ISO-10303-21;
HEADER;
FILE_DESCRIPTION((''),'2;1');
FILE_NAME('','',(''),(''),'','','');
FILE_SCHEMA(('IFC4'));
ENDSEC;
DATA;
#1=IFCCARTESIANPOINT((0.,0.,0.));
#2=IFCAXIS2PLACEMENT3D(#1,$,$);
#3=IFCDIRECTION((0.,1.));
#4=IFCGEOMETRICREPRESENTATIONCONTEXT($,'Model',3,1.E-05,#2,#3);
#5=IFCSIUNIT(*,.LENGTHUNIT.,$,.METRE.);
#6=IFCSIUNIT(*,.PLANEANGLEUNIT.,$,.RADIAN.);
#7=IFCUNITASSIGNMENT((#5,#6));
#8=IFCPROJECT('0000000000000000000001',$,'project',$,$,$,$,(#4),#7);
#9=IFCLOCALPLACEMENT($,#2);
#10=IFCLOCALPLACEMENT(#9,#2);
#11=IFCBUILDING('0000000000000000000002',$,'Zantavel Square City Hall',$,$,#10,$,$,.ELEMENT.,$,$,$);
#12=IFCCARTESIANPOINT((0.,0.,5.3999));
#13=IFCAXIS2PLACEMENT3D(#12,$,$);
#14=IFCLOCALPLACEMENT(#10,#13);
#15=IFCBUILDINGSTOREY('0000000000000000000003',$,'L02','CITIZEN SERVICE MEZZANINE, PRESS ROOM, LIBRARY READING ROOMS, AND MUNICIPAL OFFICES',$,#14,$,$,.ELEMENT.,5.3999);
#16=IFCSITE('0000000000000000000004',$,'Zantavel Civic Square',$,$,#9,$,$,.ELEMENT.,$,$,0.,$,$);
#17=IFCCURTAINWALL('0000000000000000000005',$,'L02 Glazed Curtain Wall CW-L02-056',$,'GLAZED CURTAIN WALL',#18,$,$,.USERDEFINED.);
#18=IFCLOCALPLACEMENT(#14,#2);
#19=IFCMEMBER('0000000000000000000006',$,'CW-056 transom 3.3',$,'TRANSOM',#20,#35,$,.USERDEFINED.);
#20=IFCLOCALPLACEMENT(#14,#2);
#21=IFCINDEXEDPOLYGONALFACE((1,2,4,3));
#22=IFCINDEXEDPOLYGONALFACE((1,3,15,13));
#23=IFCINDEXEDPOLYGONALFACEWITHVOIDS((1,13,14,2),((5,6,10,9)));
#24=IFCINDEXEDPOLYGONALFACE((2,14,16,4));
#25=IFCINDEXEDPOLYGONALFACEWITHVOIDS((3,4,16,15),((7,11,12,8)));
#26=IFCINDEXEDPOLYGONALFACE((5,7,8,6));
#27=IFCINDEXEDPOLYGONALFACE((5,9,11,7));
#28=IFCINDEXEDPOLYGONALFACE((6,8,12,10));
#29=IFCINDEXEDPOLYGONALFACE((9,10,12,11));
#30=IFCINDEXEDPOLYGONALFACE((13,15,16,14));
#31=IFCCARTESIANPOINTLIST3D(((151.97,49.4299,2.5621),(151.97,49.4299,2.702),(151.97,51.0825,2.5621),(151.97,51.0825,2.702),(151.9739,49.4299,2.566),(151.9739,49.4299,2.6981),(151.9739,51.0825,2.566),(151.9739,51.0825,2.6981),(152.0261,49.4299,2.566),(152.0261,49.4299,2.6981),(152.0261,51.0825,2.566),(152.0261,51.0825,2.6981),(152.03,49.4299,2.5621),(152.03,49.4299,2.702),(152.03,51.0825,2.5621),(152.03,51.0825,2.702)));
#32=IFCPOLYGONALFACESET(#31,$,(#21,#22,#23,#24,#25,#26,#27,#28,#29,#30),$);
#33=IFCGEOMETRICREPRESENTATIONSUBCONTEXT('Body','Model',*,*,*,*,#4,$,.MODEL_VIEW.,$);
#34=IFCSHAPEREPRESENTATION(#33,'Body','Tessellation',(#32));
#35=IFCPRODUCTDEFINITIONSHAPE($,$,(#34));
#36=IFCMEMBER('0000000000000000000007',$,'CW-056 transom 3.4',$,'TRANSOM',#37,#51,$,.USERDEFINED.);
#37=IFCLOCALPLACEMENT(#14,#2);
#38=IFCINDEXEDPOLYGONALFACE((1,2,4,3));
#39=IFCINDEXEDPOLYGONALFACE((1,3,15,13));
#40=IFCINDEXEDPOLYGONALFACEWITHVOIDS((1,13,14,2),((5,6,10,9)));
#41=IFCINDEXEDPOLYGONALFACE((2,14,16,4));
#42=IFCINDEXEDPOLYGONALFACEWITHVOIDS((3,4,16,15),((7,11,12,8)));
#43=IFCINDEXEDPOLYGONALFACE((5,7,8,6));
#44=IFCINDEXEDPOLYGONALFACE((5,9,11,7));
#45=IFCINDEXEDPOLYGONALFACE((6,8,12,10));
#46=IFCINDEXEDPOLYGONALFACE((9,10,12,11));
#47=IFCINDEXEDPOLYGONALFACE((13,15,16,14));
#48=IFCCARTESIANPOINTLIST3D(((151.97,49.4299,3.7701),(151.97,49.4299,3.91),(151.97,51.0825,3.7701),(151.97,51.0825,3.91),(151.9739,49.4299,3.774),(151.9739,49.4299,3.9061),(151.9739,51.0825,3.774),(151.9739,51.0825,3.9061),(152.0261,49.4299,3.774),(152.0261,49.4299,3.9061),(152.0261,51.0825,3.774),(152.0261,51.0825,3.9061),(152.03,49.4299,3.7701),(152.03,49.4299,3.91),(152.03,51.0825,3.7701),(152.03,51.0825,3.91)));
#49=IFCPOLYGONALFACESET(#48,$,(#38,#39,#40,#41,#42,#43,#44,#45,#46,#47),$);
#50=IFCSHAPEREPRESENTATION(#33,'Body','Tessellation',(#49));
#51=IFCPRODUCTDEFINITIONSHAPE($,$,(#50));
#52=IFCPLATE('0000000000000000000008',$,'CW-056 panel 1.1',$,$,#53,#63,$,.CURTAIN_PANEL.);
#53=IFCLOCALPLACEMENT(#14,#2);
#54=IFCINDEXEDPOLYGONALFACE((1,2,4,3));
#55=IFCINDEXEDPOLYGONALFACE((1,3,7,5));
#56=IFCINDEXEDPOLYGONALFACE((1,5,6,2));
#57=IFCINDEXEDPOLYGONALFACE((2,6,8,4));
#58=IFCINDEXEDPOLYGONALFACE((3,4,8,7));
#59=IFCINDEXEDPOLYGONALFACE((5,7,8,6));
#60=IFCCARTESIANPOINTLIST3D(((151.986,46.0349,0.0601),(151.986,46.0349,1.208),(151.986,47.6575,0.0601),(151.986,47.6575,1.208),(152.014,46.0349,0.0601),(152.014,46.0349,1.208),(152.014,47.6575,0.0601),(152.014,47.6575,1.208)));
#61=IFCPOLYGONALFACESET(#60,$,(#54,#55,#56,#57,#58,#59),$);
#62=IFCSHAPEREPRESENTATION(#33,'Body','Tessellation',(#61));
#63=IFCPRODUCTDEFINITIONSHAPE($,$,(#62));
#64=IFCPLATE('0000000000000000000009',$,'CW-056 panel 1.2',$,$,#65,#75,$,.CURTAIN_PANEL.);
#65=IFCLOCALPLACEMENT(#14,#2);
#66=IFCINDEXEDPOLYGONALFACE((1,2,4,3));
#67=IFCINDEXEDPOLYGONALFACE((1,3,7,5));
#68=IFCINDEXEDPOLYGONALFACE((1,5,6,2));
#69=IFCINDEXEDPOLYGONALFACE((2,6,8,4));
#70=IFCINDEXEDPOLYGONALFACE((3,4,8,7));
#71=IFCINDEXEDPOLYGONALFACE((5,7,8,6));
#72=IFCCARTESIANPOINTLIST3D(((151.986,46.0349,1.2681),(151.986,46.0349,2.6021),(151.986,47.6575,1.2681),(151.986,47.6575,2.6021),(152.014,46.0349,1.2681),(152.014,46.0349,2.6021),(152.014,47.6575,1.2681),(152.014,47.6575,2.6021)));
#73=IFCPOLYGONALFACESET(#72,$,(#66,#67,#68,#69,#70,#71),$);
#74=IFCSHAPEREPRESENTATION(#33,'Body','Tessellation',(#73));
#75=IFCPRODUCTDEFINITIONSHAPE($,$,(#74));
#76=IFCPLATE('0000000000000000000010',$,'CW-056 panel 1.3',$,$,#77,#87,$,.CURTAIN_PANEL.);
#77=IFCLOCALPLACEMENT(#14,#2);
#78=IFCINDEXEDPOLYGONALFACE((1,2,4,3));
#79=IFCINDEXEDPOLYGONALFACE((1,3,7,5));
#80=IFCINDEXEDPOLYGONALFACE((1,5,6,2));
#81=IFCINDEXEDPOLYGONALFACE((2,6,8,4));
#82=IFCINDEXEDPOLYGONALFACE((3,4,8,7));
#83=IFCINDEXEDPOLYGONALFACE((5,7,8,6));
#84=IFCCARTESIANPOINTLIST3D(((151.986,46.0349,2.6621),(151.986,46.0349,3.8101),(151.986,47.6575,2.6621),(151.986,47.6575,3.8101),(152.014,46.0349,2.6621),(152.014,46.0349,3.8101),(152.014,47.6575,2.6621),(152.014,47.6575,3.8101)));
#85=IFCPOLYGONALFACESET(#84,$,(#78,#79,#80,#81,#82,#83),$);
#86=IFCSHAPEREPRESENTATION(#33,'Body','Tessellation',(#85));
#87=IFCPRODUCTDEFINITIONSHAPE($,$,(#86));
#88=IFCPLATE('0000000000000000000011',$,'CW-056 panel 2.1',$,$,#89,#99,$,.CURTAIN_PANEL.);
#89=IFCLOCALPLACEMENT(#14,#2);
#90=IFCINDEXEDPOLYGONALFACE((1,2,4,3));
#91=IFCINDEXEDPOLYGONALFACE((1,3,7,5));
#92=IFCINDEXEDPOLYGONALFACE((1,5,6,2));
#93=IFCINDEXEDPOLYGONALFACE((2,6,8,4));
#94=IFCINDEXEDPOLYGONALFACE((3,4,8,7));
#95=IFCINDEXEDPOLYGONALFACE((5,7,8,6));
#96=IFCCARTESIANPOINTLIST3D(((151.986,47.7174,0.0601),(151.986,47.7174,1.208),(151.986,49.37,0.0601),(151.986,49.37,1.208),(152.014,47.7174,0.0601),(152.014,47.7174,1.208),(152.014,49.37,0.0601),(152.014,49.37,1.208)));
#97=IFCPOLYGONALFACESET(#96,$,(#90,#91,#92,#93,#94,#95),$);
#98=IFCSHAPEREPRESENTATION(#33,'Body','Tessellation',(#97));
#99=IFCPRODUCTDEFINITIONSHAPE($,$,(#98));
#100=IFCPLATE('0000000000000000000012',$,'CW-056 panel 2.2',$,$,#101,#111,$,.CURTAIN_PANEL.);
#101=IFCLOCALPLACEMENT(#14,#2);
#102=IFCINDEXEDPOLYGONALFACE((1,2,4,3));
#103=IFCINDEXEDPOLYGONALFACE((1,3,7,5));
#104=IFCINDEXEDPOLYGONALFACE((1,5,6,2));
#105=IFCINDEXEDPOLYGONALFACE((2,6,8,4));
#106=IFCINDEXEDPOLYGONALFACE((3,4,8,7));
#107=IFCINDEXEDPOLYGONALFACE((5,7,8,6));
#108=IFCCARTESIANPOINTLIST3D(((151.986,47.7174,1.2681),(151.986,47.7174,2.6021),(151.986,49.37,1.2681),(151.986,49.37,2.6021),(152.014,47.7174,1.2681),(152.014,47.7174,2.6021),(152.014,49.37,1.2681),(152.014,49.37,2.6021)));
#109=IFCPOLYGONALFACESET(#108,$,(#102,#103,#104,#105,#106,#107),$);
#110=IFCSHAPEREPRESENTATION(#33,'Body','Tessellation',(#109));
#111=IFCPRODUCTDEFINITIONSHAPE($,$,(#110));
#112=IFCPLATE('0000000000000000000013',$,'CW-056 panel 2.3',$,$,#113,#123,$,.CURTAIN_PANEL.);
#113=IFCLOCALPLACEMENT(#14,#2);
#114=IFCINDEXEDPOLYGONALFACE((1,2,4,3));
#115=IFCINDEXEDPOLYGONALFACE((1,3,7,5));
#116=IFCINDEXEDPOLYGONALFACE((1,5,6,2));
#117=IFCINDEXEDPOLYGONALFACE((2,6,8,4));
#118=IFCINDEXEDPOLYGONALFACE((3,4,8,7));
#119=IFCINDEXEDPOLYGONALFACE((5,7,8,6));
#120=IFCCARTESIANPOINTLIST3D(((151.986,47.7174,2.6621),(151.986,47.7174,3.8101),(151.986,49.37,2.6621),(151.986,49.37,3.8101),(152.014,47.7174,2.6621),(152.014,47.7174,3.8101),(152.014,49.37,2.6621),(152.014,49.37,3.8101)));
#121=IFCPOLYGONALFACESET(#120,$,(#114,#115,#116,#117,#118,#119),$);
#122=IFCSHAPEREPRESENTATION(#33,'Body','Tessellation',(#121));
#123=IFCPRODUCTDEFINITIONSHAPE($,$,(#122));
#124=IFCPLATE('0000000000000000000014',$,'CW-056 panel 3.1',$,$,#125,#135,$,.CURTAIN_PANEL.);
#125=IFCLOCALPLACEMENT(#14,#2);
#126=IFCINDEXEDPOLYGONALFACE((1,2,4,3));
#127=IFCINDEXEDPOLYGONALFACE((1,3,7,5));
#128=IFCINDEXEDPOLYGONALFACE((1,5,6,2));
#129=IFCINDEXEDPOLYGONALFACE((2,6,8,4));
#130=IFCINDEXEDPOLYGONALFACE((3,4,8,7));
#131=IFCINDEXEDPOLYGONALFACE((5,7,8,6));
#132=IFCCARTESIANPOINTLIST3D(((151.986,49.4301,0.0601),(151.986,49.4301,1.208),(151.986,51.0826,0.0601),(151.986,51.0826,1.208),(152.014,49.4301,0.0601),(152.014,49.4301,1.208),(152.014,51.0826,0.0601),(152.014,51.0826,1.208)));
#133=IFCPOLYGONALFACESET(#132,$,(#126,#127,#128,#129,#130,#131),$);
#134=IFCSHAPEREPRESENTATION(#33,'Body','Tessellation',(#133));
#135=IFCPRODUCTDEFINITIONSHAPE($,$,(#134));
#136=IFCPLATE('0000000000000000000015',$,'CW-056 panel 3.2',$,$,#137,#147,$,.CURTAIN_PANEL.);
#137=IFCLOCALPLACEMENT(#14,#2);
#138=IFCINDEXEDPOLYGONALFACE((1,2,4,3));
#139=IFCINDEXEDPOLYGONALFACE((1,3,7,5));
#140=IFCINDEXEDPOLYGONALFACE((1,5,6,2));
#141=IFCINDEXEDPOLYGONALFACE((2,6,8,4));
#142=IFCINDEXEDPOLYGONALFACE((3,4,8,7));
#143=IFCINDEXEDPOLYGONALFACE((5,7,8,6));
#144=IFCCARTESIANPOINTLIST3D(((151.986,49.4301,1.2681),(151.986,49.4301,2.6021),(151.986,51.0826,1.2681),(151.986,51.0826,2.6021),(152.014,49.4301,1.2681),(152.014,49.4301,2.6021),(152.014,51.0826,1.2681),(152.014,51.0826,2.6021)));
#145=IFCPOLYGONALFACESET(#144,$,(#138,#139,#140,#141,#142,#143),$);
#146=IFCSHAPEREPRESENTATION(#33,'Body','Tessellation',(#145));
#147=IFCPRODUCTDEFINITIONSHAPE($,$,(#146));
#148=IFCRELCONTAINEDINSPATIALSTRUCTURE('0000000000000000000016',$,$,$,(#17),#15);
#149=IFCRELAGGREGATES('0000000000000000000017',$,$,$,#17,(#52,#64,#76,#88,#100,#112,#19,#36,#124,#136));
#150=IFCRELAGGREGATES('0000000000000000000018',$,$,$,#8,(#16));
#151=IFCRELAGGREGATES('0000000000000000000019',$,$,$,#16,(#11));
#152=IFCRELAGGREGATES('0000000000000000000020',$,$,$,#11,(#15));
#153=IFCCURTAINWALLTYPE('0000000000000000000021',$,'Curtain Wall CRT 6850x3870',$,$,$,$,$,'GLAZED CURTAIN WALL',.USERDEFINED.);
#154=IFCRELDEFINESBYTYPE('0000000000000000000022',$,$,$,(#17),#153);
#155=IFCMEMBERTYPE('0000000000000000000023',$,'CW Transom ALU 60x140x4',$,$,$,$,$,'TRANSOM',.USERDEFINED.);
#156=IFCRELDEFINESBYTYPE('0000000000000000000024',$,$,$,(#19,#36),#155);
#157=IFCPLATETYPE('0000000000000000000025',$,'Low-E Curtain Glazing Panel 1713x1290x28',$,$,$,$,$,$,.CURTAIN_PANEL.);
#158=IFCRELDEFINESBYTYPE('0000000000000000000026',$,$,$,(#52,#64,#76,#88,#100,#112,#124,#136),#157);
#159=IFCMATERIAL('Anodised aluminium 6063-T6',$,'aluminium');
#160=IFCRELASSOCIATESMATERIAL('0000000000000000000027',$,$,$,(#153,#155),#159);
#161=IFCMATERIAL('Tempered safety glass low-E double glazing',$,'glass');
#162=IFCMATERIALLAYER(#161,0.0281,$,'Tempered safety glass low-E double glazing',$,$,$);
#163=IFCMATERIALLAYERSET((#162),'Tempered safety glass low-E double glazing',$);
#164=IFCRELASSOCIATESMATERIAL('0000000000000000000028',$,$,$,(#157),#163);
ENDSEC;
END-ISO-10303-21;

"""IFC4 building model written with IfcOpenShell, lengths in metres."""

from ifc_helpers import new_model, si_unit, direction, frame, origin, origin_2d, place, context, subcontext, project, spatial, rectangle, hollow_rectangle, extrude, material, layer, layer_set, material_profile, profile_set, type_object, element, aggregate, save


model = new_model("IFC4")

# Units and contexts
model_context = context("Model", 3, precision=1e-05, world=origin(), true_north=direction((0.0, 1.0)))
body_context = subcontext(model_context, "Body", "Model", "MODEL_VIEW")
ifc_project = project(units=[si_unit("LENGTHUNIT", "METRE"), si_unit("PLANEANGLEUNIT", "RADIAN")], contexts=[model_context])

# Site, building, storey
site_placement = place(None, origin())
site = spatial("IfcSite", under=ifc_project, at=site_placement, Name="Zantavel Civic Square", CompositionType="ELEMENT", RefElevation=0.0)
building_placement = place(site_placement, origin())
building = spatial("IfcBuilding", under=site, at=building_placement, Name="Zantavel Square City Hall", CompositionType="ELEMENT")
storey_placement = place(building_placement, frame((0.0, 0.0, 5.3999)))
storey = spatial("IfcBuildingStorey", under=building, at=storey_placement, Name="L02", Description="CITIZEN SERVICE MEZZANINE, PRESS ROOM, LIBRARY READING ROOMS, AND MUNICIPAL OFFICES", CompositionType="ELEMENT", Elevation=5.3999)

# Curtain wall, members, plates
ifc_material_1 = material(Name="Anodised aluminium 6063-T6", Category="aluminium")
curtain_wall_type = type_object("IfcCurtainWallType", Name="Curtain Wall CRT 6850x3870", ElementType="GLAZED CURTAIN WALL", PredefinedType="USERDEFINED", material=ifc_material_1)
curtain_wall_placement = place(storey_placement, origin())
curtain_wall = element("IfcCurtainWall", 1, at=curtain_wall_placement, inside=storey, type_object=curtain_wall_type, Name="L02 Glazed Curtain Wall CW-L02-056", ObjectType="GLAZED CURTAIN WALL", PredefinedType="USERDEFINED")
ifc_material_profile_1 = material_profile(ifc_material_1, hollow_rectangle(XDim=0.0601, YDim=0.1399, WallThickness=0.0039, at=origin_2d()), Name="ALU 60x140x4")
ifc_profile_set_1 = profile_set([ifc_material_profile_1], Name="Anodised aluminium 6063-T6")
member_type_1 = type_object("IfcMemberType", Name="CW Transom ALU 60x140x4", ElementType="TRANSOM", PredefinedType="USERDEFINED", material=ifc_profile_set_1)
member_1_placement = place(storey_placement, frame((152.0, 49.4299, 2.6321), z_axis=(0.0, 1.0, 0.0), x_axis=(-1.0, 0.0, 0.0)))
member_1 = element("IfcMember", 2, at=member_1_placement, type_object=member_type_1, Name="CW-056 transom 3.3", ObjectType="TRANSOM", PredefinedType="USERDEFINED", context=body_context, shape_type="SweptSolid", body=[
    extrude(hollow_rectangle(XDim=0.0601, YDim=0.1399, WallThickness=0.0039, at=origin_2d()), origin(), (0.0, 0.0, 1.0), 1.6526),
])
member_2_placement = place(storey_placement, frame((152.0, 49.4299, 3.8401), z_axis=(0.0, 1.0, 0.0), x_axis=(-1.0, 0.0, 0.0)))
member_2 = element("IfcMember", 3, at=member_2_placement, type_object=member_type_1, Name="CW-056 transom 3.4", ObjectType="TRANSOM", PredefinedType="USERDEFINED", context=body_context, shape_type="SweptSolid", body=[
    extrude(hollow_rectangle(XDim=0.0601, YDim=0.1399, WallThickness=0.0039, at=origin_2d()), origin(), (0.0, 0.0, 1.0), 1.6526),
])
ifc_material_2 = material(Name="Tempered safety glass low-E double glazing", Category="glass")
ifc_layer = layer(ifc_material_2, 0.0281, Name="Tempered safety glass low-E double glazing")
ifc_layer_set = layer_set([ifc_layer], Name="Tempered safety glass low-E double glazing")
plate_type = type_object("IfcPlateType", Name="Low-E Curtain Glazing Panel 1713x1290x28", PredefinedType="CURTAIN_PANEL", material=ifc_layer_set)
plate_1_placement = place(storey_placement, frame((152.0, 46.8462, 0.0601), z_axis=(0.0, 0.0, 1.0), x_axis=(0.0, 1.0, 0.0)))
plate_1 = element("IfcPlate", 4, at=plate_1_placement, type_object=plate_type, Name="CW-056 panel 1.1", PredefinedType="CURTAIN_PANEL", context=body_context, shape_type="SweptSolid", body=[
    extrude(rectangle(XDim=1.6226, YDim=0.0281, at=origin_2d()), origin(), (0.0, 0.0, 1.0), 1.1479),
])
plate_2_placement = place(storey_placement, frame((152.0, 46.8462, 1.2681), z_axis=(0.0, 0.0, 1.0), x_axis=(0.0, 1.0, 0.0)))
plate_2 = element("IfcPlate", 5, at=plate_2_placement, type_object=plate_type, Name="CW-056 panel 1.2", PredefinedType="CURTAIN_PANEL", context=body_context, shape_type="SweptSolid", body=[
    extrude(rectangle(XDim=1.6226, YDim=0.0281, at=origin_2d()), origin(), (0.0, 0.0, 1.0), 1.334),
])
plate_3_placement = place(storey_placement, frame((152.0, 46.8462, 2.6621), z_axis=(0.0, 0.0, 1.0), x_axis=(0.0, 1.0, 0.0)))
plate_3 = element("IfcPlate", 6, at=plate_3_placement, type_object=plate_type, Name="CW-056 panel 1.3", PredefinedType="CURTAIN_PANEL", context=body_context, shape_type="SweptSolid", body=[
    extrude(rectangle(XDim=1.6226, YDim=0.0281, at=origin_2d()), origin(), (0.0, 0.0, 1.0), 1.1479),
])
plate_4_placement = place(storey_placement, frame((152.0, 48.5437, 0.0601), z_axis=(0.0, 0.0, 1.0), x_axis=(0.0, 1.0, 0.0)))
plate_4 = element("IfcPlate", 7, at=plate_4_placement, type_object=plate_type, Name="CW-056 panel 2.1", PredefinedType="CURTAIN_PANEL", context=body_context, shape_type="SweptSolid", body=[
    extrude(rectangle(XDim=1.6526, YDim=0.0281, at=origin_2d()), origin(), (0.0, 0.0, 1.0), 1.1479),
])
plate_5_placement = place(storey_placement, frame((152.0, 48.5437, 1.2681), z_axis=(0.0, 0.0, 1.0), x_axis=(0.0, 1.0, 0.0)))
plate_5 = element("IfcPlate", 8, at=plate_5_placement, type_object=plate_type, Name="CW-056 panel 2.2", PredefinedType="CURTAIN_PANEL", context=body_context, shape_type="SweptSolid", body=[
    extrude(rectangle(XDim=1.6526, YDim=0.0281, at=origin_2d()), origin(), (0.0, 0.0, 1.0), 1.334),
])
plate_6_placement = place(storey_placement, frame((152.0, 48.5437, 2.6621), z_axis=(0.0, 0.0, 1.0), x_axis=(0.0, 1.0, 0.0)))
plate_6 = element("IfcPlate", 9, at=plate_6_placement, type_object=plate_type, Name="CW-056 panel 2.3", PredefinedType="CURTAIN_PANEL", context=body_context, shape_type="SweptSolid", body=[
    extrude(rectangle(XDim=1.6526, YDim=0.0281, at=origin_2d()), origin(), (0.0, 0.0, 1.0), 1.1479),
])
plate_7_placement = place(storey_placement, frame((152.0, 50.2563, 0.0601), z_axis=(0.0, 0.0, 1.0), x_axis=(0.0, 1.0, 0.0)))
plate_7 = element("IfcPlate", 10, at=plate_7_placement, type_object=plate_type, Name="CW-056 panel 3.1", PredefinedType="CURTAIN_PANEL", context=body_context, shape_type="SweptSolid", body=[
    extrude(rectangle(XDim=1.6526, YDim=0.0281, at=origin_2d()), origin(), (0.0, 0.0, 1.0), 1.1479),
])
plate_8_placement = place(storey_placement, frame((152.0, 50.2563, 1.2681), z_axis=(0.0, 0.0, 1.0), x_axis=(0.0, 1.0, 0.0)))
plate_8 = element("IfcPlate", 11, at=plate_8_placement, type_object=plate_type, Name="CW-056 panel 3.2", PredefinedType="CURTAIN_PANEL", context=body_context, shape_type="SweptSolid", body=[
    extrude(rectangle(XDim=1.6526, YDim=0.0281, at=origin_2d()), origin(), (0.0, 0.0, 1.0), 1.334),
])
aggregate(curtain_wall, [plate_1, plate_2, plate_3, plate_4, plate_5, plate_6, member_1, member_2, plate_7, plate_8])

save(model, "model.ifc")
